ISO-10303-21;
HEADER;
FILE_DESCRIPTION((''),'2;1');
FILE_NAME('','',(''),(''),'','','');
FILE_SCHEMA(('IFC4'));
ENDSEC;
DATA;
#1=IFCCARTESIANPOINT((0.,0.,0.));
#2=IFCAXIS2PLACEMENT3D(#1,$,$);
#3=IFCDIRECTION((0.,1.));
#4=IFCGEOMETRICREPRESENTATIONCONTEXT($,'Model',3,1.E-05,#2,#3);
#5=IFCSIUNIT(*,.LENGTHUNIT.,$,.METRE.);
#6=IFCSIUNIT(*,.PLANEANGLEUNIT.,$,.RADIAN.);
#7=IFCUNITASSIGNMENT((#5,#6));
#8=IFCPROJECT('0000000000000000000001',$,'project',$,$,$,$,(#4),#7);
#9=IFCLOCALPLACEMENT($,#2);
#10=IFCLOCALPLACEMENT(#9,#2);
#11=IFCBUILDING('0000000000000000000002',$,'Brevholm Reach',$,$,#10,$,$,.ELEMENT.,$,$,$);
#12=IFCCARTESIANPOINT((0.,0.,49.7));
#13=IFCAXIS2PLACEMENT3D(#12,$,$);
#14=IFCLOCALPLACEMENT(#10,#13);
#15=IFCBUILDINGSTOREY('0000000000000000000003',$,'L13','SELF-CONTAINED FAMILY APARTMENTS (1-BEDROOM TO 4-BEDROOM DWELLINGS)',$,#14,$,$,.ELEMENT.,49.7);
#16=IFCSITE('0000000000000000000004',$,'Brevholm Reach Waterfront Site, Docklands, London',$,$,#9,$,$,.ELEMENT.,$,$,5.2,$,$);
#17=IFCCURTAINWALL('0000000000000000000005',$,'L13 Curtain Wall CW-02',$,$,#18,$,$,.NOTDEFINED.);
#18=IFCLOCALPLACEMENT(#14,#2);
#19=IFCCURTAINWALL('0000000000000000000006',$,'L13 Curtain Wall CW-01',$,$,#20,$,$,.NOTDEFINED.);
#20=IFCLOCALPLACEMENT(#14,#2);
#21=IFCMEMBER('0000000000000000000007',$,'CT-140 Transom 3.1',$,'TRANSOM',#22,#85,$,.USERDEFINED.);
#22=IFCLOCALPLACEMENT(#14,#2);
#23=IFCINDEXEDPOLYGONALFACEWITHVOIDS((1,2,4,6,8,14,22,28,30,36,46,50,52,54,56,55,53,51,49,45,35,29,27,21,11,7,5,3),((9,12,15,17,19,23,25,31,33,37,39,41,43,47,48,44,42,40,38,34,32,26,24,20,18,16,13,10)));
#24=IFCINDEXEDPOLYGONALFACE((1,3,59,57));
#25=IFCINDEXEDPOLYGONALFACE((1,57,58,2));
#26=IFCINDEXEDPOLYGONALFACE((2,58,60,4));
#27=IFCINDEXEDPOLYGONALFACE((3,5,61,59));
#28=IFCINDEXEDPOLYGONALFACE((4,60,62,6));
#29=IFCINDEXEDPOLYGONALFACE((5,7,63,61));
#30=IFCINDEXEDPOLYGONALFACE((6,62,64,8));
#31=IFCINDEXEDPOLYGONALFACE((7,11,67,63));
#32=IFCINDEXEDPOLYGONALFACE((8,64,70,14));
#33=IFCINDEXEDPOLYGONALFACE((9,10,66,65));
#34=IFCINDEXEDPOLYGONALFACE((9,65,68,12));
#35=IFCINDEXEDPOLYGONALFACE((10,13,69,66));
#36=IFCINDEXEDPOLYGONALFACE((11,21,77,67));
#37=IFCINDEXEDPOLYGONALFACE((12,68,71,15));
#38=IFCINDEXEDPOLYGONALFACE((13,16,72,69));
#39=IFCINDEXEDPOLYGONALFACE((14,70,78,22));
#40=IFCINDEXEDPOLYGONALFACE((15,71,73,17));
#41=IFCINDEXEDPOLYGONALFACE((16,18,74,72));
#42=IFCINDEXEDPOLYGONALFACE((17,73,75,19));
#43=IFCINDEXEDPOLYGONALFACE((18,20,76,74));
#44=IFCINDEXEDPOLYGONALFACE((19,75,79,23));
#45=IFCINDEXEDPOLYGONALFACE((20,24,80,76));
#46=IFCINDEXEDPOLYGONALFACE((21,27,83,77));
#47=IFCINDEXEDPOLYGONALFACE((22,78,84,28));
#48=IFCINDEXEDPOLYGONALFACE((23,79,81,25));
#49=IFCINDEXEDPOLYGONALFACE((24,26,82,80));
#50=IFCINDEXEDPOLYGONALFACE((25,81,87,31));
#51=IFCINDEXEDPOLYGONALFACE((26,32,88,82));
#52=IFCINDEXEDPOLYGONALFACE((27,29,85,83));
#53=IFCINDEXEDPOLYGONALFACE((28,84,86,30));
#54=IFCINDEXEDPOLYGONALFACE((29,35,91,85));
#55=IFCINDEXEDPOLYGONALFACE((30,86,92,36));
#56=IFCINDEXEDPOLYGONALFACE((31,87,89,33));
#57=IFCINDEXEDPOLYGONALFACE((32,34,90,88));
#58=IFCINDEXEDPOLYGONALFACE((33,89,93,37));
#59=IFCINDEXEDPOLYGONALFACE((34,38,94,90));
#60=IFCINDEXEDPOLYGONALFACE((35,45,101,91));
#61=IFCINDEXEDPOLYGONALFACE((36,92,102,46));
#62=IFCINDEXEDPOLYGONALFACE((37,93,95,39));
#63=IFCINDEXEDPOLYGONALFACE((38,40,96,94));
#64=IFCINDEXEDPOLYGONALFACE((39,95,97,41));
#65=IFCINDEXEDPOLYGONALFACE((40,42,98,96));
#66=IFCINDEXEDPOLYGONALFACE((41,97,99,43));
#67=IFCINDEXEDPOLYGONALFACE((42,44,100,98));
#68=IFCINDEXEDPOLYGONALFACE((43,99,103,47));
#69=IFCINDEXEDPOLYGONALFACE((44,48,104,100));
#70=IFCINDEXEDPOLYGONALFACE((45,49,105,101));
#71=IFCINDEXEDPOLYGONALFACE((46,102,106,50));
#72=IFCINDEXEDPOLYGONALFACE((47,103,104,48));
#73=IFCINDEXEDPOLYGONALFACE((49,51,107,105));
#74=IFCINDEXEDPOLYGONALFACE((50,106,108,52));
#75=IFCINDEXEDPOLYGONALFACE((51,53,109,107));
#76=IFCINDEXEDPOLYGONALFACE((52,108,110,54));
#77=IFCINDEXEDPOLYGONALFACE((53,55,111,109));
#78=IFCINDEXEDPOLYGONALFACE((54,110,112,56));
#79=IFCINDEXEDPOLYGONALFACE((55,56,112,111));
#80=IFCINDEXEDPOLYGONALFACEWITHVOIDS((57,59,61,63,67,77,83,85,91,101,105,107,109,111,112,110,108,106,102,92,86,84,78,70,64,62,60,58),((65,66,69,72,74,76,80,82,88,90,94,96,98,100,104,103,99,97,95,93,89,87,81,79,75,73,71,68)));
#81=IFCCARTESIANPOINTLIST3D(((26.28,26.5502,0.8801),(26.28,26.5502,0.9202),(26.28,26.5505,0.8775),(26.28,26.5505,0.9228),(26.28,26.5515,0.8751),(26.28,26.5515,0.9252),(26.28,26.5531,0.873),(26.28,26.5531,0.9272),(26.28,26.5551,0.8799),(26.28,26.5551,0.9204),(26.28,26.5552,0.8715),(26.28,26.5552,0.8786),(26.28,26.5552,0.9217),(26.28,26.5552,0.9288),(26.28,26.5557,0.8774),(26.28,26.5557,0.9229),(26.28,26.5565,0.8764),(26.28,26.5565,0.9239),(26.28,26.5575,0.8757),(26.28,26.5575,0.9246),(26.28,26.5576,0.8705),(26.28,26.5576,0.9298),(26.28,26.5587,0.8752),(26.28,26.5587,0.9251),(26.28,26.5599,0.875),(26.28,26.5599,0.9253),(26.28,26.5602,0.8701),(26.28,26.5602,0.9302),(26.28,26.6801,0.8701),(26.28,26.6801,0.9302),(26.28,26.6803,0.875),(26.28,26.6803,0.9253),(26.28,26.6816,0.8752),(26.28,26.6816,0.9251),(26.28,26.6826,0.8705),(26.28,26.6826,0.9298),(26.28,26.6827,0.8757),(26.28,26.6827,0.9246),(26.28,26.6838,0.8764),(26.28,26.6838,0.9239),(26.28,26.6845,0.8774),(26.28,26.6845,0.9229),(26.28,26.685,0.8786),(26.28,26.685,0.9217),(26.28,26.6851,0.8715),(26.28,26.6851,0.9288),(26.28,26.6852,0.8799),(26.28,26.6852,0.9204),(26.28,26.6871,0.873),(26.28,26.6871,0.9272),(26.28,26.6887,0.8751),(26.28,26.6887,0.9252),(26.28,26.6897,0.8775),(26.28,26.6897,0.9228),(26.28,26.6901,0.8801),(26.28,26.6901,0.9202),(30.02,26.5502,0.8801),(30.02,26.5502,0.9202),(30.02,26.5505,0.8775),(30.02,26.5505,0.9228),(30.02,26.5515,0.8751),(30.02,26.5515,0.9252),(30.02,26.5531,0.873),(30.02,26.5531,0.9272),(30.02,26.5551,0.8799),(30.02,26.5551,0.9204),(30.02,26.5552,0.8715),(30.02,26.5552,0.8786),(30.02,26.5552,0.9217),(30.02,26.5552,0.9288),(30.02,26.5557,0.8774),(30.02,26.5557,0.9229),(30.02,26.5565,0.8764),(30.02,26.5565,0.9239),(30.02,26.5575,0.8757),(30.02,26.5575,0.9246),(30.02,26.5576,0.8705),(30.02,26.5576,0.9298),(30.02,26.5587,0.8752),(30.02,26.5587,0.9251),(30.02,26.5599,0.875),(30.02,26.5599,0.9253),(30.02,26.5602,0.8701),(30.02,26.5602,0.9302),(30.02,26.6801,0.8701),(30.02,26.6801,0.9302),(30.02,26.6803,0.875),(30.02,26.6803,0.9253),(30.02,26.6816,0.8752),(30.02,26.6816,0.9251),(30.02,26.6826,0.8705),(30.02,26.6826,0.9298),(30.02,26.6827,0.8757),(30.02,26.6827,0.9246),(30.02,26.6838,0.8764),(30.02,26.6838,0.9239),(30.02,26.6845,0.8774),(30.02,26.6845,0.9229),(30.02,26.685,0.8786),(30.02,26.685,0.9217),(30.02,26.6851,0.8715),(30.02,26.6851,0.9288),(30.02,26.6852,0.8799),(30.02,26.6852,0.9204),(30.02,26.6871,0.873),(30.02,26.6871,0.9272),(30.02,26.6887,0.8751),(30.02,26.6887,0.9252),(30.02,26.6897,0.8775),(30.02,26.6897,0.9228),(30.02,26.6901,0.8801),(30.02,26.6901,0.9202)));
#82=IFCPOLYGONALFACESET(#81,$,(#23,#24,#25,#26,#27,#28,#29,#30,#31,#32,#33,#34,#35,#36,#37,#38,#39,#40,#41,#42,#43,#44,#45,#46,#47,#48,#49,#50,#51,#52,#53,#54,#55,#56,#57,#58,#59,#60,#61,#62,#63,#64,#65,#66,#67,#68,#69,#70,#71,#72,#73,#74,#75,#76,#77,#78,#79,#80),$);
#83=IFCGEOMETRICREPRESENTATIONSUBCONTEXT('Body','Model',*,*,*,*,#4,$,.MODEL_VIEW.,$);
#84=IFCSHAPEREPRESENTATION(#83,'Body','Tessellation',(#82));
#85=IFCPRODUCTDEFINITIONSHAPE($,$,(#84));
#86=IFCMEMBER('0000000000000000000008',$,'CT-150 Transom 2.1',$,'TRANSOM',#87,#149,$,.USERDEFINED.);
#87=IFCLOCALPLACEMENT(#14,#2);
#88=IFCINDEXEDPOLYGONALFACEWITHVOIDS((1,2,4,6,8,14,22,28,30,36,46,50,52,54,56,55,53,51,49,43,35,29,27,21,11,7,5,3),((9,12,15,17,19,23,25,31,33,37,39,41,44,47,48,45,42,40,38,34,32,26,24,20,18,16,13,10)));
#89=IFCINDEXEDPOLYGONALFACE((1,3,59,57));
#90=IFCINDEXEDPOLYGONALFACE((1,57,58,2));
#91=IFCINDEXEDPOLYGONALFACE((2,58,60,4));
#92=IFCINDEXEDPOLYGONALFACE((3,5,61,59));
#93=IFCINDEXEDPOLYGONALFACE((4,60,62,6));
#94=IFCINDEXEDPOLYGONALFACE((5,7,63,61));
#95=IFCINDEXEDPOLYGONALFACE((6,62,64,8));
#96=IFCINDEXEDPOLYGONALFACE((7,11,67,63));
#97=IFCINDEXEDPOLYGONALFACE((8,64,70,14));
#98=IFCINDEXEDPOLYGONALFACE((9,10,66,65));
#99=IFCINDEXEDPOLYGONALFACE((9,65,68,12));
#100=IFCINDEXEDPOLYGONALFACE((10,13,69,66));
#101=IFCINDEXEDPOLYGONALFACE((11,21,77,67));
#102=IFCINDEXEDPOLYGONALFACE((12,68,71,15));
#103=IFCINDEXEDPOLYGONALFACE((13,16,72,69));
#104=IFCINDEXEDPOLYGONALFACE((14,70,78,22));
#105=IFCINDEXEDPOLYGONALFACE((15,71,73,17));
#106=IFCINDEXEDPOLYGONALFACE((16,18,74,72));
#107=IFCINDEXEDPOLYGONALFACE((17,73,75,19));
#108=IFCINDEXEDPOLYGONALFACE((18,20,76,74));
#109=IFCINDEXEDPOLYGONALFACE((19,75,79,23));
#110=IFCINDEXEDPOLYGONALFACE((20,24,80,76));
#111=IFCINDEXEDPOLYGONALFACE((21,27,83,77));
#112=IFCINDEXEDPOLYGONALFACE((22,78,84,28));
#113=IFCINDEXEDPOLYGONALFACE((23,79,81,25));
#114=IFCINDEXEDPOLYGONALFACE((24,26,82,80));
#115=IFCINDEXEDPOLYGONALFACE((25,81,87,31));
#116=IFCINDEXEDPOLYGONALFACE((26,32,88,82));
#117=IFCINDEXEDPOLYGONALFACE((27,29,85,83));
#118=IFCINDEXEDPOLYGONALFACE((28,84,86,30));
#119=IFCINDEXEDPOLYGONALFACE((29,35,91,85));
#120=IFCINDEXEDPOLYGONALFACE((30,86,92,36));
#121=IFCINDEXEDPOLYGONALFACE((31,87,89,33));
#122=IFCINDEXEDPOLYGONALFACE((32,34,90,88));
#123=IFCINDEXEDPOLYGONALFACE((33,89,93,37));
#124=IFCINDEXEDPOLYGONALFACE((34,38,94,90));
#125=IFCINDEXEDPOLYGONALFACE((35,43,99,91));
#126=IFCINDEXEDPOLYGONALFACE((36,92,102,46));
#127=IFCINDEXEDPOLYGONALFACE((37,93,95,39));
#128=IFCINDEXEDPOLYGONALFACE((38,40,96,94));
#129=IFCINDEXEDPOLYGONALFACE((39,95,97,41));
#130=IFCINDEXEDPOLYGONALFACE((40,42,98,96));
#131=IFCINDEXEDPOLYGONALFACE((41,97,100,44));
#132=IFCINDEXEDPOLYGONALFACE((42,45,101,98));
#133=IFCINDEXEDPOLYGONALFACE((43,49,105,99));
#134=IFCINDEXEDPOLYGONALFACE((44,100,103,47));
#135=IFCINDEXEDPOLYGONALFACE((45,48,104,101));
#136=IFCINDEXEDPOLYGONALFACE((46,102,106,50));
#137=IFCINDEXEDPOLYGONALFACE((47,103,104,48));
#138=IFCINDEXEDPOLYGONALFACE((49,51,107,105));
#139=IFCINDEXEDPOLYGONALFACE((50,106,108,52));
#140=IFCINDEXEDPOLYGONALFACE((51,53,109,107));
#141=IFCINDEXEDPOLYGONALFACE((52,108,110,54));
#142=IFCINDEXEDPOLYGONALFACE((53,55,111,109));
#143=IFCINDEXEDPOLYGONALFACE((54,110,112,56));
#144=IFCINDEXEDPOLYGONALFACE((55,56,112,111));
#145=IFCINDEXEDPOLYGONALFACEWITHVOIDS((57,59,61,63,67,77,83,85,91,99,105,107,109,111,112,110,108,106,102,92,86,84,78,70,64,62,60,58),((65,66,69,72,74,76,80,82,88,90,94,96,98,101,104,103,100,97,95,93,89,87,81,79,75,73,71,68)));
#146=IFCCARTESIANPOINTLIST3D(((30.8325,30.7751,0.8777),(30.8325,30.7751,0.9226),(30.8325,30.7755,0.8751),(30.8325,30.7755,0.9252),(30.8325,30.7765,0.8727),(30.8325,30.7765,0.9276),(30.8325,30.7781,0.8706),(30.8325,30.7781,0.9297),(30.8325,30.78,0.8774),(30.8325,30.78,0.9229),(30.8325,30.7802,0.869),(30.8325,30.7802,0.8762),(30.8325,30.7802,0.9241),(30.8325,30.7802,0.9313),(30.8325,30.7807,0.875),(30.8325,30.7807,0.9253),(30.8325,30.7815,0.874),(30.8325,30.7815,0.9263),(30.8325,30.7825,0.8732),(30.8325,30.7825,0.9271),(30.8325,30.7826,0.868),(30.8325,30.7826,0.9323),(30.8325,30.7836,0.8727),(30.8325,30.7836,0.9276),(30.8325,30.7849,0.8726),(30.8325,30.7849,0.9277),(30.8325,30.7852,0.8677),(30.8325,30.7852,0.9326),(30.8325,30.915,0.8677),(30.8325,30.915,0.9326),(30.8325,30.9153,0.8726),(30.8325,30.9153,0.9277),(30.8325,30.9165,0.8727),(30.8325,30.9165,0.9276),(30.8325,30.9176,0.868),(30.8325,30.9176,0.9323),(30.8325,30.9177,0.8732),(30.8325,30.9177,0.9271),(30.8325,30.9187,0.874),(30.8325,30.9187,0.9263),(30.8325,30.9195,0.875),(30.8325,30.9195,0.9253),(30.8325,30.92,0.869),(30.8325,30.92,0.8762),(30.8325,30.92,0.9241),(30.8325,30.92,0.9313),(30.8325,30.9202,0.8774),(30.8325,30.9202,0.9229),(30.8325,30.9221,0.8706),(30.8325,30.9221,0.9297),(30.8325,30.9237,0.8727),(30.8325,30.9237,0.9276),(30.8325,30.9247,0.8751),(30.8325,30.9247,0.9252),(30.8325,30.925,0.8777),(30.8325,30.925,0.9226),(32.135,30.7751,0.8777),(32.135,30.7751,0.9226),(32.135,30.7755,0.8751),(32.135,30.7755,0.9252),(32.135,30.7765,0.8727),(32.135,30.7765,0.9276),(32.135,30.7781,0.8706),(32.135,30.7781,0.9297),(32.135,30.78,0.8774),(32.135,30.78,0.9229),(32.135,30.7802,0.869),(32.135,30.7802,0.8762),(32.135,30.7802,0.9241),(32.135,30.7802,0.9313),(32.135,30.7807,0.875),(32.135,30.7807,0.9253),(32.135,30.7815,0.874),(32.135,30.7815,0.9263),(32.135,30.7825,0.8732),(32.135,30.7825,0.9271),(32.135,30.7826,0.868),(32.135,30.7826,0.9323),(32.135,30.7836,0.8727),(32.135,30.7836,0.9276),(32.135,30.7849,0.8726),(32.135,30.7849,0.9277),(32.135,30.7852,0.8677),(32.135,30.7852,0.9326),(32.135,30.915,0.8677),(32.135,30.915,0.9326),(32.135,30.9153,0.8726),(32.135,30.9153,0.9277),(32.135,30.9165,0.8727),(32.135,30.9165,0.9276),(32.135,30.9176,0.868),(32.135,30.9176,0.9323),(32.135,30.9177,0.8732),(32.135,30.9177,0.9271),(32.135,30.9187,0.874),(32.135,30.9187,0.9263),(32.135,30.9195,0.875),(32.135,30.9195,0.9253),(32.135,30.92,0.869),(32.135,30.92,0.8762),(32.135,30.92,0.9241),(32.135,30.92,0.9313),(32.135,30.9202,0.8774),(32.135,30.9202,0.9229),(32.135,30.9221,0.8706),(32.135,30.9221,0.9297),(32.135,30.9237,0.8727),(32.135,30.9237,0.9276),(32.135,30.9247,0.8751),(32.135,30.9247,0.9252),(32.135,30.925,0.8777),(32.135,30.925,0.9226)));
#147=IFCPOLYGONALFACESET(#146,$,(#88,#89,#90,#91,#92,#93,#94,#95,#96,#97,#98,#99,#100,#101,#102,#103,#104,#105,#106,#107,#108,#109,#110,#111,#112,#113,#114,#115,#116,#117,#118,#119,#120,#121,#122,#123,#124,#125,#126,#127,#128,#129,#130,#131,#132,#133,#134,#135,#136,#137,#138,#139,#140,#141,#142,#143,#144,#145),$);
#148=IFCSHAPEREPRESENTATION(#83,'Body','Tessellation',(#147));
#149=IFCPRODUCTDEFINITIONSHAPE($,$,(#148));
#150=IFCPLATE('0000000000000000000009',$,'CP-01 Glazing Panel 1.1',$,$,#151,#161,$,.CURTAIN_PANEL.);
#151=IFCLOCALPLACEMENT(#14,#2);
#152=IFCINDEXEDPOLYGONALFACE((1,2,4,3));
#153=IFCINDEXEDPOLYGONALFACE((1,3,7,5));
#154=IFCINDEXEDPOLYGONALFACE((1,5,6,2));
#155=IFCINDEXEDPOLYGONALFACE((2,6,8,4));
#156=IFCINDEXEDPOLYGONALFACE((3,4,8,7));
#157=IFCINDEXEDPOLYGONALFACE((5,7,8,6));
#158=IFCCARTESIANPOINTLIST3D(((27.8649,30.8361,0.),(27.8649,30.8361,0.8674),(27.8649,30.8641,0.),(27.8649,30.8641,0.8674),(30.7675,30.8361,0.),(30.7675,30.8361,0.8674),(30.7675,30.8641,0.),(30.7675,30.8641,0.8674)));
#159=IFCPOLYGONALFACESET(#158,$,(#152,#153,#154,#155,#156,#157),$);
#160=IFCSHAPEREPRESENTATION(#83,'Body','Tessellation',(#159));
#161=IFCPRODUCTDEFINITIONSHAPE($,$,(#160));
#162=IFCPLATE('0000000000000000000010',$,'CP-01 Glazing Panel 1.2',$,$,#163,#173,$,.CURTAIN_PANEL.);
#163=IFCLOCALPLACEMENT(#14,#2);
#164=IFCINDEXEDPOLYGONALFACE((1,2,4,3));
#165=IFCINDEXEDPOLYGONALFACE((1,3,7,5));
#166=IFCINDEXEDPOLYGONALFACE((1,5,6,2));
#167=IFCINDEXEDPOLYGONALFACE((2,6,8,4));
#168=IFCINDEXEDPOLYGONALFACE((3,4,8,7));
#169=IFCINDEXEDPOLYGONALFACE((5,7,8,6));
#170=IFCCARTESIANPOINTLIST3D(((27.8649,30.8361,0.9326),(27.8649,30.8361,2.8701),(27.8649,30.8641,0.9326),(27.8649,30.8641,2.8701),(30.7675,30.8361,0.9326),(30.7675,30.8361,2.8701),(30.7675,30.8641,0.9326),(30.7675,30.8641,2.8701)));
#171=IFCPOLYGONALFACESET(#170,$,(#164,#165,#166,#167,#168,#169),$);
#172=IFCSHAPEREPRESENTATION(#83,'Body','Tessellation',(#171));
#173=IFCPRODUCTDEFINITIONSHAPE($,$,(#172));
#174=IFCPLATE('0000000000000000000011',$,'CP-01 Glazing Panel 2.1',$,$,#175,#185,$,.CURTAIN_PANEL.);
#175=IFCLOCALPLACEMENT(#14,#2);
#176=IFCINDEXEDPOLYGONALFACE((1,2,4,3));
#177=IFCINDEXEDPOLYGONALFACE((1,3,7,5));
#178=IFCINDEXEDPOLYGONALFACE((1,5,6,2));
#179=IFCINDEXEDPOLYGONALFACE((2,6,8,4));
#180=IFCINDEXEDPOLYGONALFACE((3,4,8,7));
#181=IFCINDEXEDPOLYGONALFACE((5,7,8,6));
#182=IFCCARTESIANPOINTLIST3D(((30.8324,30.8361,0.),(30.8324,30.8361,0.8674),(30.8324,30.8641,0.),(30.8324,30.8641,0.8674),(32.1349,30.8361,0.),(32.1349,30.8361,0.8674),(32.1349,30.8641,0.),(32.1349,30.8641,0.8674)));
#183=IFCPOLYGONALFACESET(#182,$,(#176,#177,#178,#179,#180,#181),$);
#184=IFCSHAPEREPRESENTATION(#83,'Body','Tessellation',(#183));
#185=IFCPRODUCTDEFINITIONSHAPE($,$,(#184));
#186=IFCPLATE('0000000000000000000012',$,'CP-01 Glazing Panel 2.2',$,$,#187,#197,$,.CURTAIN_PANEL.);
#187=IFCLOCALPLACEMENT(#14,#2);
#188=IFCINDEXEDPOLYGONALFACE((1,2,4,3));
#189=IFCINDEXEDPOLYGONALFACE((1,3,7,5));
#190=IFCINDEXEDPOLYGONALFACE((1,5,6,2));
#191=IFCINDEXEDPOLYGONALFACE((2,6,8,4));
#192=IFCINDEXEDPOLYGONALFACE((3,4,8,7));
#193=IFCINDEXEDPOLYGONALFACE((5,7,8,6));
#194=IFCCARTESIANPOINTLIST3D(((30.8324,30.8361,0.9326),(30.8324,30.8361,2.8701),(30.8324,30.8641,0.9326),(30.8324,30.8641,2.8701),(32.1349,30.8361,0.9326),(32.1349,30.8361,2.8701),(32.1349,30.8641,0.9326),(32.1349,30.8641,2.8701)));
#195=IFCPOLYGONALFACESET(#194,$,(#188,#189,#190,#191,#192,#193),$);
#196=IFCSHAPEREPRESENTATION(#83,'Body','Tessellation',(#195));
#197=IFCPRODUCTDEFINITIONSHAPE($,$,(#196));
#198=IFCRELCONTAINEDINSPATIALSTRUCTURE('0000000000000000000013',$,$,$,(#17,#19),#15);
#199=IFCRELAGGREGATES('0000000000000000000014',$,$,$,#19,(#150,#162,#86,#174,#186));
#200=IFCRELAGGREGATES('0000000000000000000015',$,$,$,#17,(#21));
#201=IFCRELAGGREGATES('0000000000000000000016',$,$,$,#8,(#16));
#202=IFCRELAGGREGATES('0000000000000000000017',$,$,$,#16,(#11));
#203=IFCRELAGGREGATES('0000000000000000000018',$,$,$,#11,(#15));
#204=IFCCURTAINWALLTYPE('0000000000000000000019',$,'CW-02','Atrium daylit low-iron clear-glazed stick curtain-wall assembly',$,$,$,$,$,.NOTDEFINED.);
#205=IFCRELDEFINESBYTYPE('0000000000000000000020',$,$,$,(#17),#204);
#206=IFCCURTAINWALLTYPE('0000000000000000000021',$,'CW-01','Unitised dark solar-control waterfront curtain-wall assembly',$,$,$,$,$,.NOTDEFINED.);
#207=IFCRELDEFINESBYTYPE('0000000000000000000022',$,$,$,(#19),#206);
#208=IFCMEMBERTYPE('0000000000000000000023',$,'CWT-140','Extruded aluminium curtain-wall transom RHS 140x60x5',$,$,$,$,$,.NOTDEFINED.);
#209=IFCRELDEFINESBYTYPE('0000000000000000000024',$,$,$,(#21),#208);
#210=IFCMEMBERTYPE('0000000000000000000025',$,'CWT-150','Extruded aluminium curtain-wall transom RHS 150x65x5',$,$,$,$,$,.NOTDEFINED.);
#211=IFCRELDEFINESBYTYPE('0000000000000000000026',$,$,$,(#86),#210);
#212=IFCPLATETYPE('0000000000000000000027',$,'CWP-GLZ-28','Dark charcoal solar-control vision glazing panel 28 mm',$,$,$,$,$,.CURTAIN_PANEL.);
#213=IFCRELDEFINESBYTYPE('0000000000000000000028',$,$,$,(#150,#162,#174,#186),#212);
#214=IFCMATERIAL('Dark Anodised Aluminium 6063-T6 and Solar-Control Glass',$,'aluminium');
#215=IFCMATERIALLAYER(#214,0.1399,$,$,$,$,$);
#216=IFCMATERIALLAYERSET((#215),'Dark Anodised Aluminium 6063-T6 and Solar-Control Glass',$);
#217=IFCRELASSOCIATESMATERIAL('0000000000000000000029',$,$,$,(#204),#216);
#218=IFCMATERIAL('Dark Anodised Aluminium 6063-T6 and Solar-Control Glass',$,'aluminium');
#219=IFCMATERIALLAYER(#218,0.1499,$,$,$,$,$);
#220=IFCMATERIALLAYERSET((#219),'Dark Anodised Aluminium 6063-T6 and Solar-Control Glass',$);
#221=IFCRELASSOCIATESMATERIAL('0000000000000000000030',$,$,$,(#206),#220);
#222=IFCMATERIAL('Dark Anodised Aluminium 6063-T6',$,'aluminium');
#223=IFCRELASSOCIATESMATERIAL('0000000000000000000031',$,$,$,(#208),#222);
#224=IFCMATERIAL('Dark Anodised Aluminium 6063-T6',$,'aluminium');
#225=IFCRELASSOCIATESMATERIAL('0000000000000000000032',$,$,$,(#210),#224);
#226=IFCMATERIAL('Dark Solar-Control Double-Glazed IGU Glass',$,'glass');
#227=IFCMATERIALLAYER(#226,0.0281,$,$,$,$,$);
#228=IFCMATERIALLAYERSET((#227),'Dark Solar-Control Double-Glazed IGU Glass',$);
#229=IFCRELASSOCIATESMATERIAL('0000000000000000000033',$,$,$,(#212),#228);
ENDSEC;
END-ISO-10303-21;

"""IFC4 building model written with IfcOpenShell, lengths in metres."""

from ifc_helpers import new_model, si_unit, direction, frame, origin, origin_2d, place, context, subcontext, project, spatial, rectangle, hollow_rectangle, extrude, material, layer, layer_set, material_profile, profile_set, type_object, element, aggregate, save


model = new_model("IFC4")

# Units and contexts
model_context = context("Model", 3, precision=1e-05, world=origin(), true_north=direction((0.0, 1.0)))
body_context = subcontext(model_context, "Body", "Model", "MODEL_VIEW")
ifc_project = project(units=[si_unit("LENGTHUNIT", "METRE"), si_unit("PLANEANGLEUNIT", "RADIAN")], contexts=[model_context])

# Site, building, storey
site_placement = place(None, origin())
site = spatial("IfcSite", under=ifc_project, at=site_placement, Name="Brevholm Reach Waterfront Site, Docklands, London", CompositionType="ELEMENT", RefElevation=5.2)
building_placement = place(site_placement, origin())
building = spatial("IfcBuilding", under=site, at=building_placement, Name="Brevholm Reach", CompositionType="ELEMENT")
storey_placement = place(building_placement, frame((0.0, 0.0, 49.7)))
storey = spatial("IfcBuildingStorey", under=building, at=storey_placement, Name="L13", Description="SELF-CONTAINED FAMILY APARTMENTS (1-BEDROOM TO 4-BEDROOM DWELLINGS)", CompositionType="ELEMENT", Elevation=49.7)

# Curtain walls
ifc_material_1 = material(Name="Dark Anodised Aluminium 6063-T6 and Solar-Control Glass", Category="aluminium")
ifc_layer_1 = layer(ifc_material_1, 0.1399)
ifc_layer_set_1 = layer_set([ifc_layer_1], Name="Dark Anodised Aluminium 6063-T6 and Solar-Control Glass")
curtain_wall_type_1 = type_object("IfcCurtainWallType", Name="CW-02", Description="Atrium daylit low-iron clear-glazed stick curtain-wall assembly", PredefinedType="NOTDEFINED", material=ifc_layer_set_1)
curtain_wall_1_placement = place(storey_placement, origin())
curtain_wall_1 = element("IfcCurtainWall", 1, at=curtain_wall_1_placement, inside=storey, type_object=curtain_wall_type_1, Name="L13 Curtain Wall CW-02", PredefinedType="NOTDEFINED")
ifc_material_2 = material(Name="Dark Anodised Aluminium 6063-T6 and Solar-Control Glass", Category="aluminium")
ifc_layer_2 = layer(ifc_material_2, 0.1499)
ifc_layer_set_2 = layer_set([ifc_layer_2], Name="Dark Anodised Aluminium 6063-T6 and Solar-Control Glass")
curtain_wall_type_2 = type_object("IfcCurtainWallType", Name="CW-01", Description="Unitised dark solar-control waterfront curtain-wall assembly", PredefinedType="NOTDEFINED", material=ifc_layer_set_2)
curtain_wall_2_placement = place(storey_placement, origin())
curtain_wall_2 = element("IfcCurtainWall", 2, at=curtain_wall_2_placement, inside=storey, type_object=curtain_wall_type_2, Name="L13 Curtain Wall CW-01", PredefinedType="NOTDEFINED")

# Members
ifc_material_3 = material(Name="Dark Anodised Aluminium 6063-T6", Category="aluminium")
ifc_material_profile_1 = material_profile(ifc_material_3, hollow_rectangle(XDim=0.0601, YDim=0.1399, WallThickness=0.0049, InnerFilletRadius=0.0049, OuterFilletRadius=0.01, at=origin_2d()), Name="RHS 140x60x5")
ifc_profile_set_1 = profile_set([ifc_material_profile_1], Name="Dark Anodised Aluminium 6063-T6")
member_type_1 = type_object("IfcMemberType", Name="CWT-140", Description="Extruded aluminium curtain-wall transom RHS 140x60x5", PredefinedType="NOTDEFINED", material=ifc_profile_set_1)
member_1_placement = place(storey_placement, frame((30.02, 26.6201, 0.9001), z_axis=(-1.0, 0.0, 0.0), x_axis=(0.0, 0.0, 1.0)))
member_1 = element("IfcMember", 3, at=member_1_placement, type_object=member_type_1, Name="CT-140 Transom 3.1", ObjectType="TRANSOM", PredefinedType="USERDEFINED", context=body_context, shape_type="SweptSolid", body=[
    extrude(hollow_rectangle(XDim=0.0601, YDim=0.1399, WallThickness=0.0049, InnerFilletRadius=0.0049, OuterFilletRadius=0.01, at=origin_2d()), origin(), (0.0, 0.0, 1.0), 3.74),
])
ifc_material_4 = material(Name="Dark Anodised Aluminium 6063-T6", Category="aluminium")
ifc_material_profile_2 = material_profile(ifc_material_4, hollow_rectangle(XDim=0.0649, YDim=0.1499, WallThickness=0.0049, InnerFilletRadius=0.0049, OuterFilletRadius=0.01, at=origin_2d()), Name="RHS 150x65x5")
ifc_profile_set_2 = profile_set([ifc_material_profile_2], Name="Dark Anodised Aluminium 6063-T6")
member_type_2 = type_object("IfcMemberType", Name="CWT-150", Description="Extruded aluminium curtain-wall transom RHS 150x65x5", PredefinedType="NOTDEFINED", material=ifc_profile_set_2)
member_2_placement = place(storey_placement, frame((30.8325, 30.8501, 0.9001), z_axis=(1.0, 0.0, 0.0), x_axis=(0.0, 0.0, 1.0)))
member_2 = element("IfcMember", 4, at=member_2_placement, type_object=member_type_2, Name="CT-150 Transom 2.1", ObjectType="TRANSOM", PredefinedType="USERDEFINED", context=body_context, shape_type="SweptSolid", body=[
    extrude(hollow_rectangle(XDim=0.0649, YDim=0.1499, WallThickness=0.0049, InnerFilletRadius=0.0049, OuterFilletRadius=0.01, at=origin_2d()), origin(), (0.0, 0.0, 1.0), 1.3025),
])

# Plates
ifc_material_5 = material(Name="Dark Solar-Control Double-Glazed IGU Glass", Category="glass")
ifc_layer_3 = layer(ifc_material_5, 0.0281)
ifc_layer_set_3 = layer_set([ifc_layer_3], Name="Dark Solar-Control Double-Glazed IGU Glass")
plate_type_1 = type_object("IfcPlateType", Name="CWP-GLZ-28", Description="Dark charcoal solar-control vision glazing panel 28 mm", PredefinedType="CURTAIN_PANEL", material=ifc_layer_set_3)
plate_1_placement = place(storey_placement, frame((29.3162, 30.8501, 0.0), z_axis=(0.0, 0.0, 1.0), x_axis=(1.0, 0.0, 0.0)))
plate_1 = element("IfcPlate", 5, at=plate_1_placement, type_object=plate_type_1, Name="CP-01 Glazing Panel 1.1", PredefinedType="CURTAIN_PANEL", context=body_context, shape_type="SweptSolid", body=[
    extrude(rectangle(XDim=2.9026, YDim=0.0281, at=origin_2d()), origin(), (0.0, 0.0, 1.0), 0.8674),
])
plate_2_placement = place(storey_placement, frame((29.3162, 30.8501, 0.9326), z_axis=(0.0, 0.0, 1.0), x_axis=(1.0, 0.0, 0.0)))
plate_2 = element("IfcPlate", 6, at=plate_2_placement, type_object=plate_type_1, Name="CP-01 Glazing Panel 1.2", PredefinedType="CURTAIN_PANEL", context=body_context, shape_type="SweptSolid", body=[
    extrude(rectangle(XDim=2.9026, YDim=0.0281, at=origin_2d()), origin(), (0.0, 0.0, 1.0), 1.9375),
])
plate_3_placement = place(storey_placement, frame((31.4836, 30.8501, 0.0), z_axis=(0.0, 0.0, 1.0), x_axis=(1.0, 0.0, 0.0)))
plate_3 = element("IfcPlate", 7, at=plate_3_placement, type_object=plate_type_1, Name="CP-01 Glazing Panel 2.1", PredefinedType="CURTAIN_PANEL", context=body_context, shape_type="SweptSolid", body=[
    extrude(rectangle(XDim=1.3025, YDim=0.0281, at=origin_2d()), origin(), (0.0, 0.0, 1.0), 0.8674),
])
plate_4_placement = place(storey_placement, frame((31.4836, 30.8501, 0.9326), z_axis=(0.0, 0.0, 1.0), x_axis=(1.0, 0.0, 0.0)))
plate_4 = element("IfcPlate", 8, at=plate_4_placement, type_object=plate_type_1, Name="CP-01 Glazing Panel 2.2", PredefinedType="CURTAIN_PANEL", context=body_context, shape_type="SweptSolid", body=[
    extrude(rectangle(XDim=1.3025, YDim=0.0281, at=origin_2d()), origin(), (0.0, 0.0, 1.0), 1.9375),
])
aggregate(curtain_wall_2, [plate_1, plate_2, member_2, plate_3, plate_4])
aggregate(curtain_wall_1, [member_1])

save(model, "model.ifc")
